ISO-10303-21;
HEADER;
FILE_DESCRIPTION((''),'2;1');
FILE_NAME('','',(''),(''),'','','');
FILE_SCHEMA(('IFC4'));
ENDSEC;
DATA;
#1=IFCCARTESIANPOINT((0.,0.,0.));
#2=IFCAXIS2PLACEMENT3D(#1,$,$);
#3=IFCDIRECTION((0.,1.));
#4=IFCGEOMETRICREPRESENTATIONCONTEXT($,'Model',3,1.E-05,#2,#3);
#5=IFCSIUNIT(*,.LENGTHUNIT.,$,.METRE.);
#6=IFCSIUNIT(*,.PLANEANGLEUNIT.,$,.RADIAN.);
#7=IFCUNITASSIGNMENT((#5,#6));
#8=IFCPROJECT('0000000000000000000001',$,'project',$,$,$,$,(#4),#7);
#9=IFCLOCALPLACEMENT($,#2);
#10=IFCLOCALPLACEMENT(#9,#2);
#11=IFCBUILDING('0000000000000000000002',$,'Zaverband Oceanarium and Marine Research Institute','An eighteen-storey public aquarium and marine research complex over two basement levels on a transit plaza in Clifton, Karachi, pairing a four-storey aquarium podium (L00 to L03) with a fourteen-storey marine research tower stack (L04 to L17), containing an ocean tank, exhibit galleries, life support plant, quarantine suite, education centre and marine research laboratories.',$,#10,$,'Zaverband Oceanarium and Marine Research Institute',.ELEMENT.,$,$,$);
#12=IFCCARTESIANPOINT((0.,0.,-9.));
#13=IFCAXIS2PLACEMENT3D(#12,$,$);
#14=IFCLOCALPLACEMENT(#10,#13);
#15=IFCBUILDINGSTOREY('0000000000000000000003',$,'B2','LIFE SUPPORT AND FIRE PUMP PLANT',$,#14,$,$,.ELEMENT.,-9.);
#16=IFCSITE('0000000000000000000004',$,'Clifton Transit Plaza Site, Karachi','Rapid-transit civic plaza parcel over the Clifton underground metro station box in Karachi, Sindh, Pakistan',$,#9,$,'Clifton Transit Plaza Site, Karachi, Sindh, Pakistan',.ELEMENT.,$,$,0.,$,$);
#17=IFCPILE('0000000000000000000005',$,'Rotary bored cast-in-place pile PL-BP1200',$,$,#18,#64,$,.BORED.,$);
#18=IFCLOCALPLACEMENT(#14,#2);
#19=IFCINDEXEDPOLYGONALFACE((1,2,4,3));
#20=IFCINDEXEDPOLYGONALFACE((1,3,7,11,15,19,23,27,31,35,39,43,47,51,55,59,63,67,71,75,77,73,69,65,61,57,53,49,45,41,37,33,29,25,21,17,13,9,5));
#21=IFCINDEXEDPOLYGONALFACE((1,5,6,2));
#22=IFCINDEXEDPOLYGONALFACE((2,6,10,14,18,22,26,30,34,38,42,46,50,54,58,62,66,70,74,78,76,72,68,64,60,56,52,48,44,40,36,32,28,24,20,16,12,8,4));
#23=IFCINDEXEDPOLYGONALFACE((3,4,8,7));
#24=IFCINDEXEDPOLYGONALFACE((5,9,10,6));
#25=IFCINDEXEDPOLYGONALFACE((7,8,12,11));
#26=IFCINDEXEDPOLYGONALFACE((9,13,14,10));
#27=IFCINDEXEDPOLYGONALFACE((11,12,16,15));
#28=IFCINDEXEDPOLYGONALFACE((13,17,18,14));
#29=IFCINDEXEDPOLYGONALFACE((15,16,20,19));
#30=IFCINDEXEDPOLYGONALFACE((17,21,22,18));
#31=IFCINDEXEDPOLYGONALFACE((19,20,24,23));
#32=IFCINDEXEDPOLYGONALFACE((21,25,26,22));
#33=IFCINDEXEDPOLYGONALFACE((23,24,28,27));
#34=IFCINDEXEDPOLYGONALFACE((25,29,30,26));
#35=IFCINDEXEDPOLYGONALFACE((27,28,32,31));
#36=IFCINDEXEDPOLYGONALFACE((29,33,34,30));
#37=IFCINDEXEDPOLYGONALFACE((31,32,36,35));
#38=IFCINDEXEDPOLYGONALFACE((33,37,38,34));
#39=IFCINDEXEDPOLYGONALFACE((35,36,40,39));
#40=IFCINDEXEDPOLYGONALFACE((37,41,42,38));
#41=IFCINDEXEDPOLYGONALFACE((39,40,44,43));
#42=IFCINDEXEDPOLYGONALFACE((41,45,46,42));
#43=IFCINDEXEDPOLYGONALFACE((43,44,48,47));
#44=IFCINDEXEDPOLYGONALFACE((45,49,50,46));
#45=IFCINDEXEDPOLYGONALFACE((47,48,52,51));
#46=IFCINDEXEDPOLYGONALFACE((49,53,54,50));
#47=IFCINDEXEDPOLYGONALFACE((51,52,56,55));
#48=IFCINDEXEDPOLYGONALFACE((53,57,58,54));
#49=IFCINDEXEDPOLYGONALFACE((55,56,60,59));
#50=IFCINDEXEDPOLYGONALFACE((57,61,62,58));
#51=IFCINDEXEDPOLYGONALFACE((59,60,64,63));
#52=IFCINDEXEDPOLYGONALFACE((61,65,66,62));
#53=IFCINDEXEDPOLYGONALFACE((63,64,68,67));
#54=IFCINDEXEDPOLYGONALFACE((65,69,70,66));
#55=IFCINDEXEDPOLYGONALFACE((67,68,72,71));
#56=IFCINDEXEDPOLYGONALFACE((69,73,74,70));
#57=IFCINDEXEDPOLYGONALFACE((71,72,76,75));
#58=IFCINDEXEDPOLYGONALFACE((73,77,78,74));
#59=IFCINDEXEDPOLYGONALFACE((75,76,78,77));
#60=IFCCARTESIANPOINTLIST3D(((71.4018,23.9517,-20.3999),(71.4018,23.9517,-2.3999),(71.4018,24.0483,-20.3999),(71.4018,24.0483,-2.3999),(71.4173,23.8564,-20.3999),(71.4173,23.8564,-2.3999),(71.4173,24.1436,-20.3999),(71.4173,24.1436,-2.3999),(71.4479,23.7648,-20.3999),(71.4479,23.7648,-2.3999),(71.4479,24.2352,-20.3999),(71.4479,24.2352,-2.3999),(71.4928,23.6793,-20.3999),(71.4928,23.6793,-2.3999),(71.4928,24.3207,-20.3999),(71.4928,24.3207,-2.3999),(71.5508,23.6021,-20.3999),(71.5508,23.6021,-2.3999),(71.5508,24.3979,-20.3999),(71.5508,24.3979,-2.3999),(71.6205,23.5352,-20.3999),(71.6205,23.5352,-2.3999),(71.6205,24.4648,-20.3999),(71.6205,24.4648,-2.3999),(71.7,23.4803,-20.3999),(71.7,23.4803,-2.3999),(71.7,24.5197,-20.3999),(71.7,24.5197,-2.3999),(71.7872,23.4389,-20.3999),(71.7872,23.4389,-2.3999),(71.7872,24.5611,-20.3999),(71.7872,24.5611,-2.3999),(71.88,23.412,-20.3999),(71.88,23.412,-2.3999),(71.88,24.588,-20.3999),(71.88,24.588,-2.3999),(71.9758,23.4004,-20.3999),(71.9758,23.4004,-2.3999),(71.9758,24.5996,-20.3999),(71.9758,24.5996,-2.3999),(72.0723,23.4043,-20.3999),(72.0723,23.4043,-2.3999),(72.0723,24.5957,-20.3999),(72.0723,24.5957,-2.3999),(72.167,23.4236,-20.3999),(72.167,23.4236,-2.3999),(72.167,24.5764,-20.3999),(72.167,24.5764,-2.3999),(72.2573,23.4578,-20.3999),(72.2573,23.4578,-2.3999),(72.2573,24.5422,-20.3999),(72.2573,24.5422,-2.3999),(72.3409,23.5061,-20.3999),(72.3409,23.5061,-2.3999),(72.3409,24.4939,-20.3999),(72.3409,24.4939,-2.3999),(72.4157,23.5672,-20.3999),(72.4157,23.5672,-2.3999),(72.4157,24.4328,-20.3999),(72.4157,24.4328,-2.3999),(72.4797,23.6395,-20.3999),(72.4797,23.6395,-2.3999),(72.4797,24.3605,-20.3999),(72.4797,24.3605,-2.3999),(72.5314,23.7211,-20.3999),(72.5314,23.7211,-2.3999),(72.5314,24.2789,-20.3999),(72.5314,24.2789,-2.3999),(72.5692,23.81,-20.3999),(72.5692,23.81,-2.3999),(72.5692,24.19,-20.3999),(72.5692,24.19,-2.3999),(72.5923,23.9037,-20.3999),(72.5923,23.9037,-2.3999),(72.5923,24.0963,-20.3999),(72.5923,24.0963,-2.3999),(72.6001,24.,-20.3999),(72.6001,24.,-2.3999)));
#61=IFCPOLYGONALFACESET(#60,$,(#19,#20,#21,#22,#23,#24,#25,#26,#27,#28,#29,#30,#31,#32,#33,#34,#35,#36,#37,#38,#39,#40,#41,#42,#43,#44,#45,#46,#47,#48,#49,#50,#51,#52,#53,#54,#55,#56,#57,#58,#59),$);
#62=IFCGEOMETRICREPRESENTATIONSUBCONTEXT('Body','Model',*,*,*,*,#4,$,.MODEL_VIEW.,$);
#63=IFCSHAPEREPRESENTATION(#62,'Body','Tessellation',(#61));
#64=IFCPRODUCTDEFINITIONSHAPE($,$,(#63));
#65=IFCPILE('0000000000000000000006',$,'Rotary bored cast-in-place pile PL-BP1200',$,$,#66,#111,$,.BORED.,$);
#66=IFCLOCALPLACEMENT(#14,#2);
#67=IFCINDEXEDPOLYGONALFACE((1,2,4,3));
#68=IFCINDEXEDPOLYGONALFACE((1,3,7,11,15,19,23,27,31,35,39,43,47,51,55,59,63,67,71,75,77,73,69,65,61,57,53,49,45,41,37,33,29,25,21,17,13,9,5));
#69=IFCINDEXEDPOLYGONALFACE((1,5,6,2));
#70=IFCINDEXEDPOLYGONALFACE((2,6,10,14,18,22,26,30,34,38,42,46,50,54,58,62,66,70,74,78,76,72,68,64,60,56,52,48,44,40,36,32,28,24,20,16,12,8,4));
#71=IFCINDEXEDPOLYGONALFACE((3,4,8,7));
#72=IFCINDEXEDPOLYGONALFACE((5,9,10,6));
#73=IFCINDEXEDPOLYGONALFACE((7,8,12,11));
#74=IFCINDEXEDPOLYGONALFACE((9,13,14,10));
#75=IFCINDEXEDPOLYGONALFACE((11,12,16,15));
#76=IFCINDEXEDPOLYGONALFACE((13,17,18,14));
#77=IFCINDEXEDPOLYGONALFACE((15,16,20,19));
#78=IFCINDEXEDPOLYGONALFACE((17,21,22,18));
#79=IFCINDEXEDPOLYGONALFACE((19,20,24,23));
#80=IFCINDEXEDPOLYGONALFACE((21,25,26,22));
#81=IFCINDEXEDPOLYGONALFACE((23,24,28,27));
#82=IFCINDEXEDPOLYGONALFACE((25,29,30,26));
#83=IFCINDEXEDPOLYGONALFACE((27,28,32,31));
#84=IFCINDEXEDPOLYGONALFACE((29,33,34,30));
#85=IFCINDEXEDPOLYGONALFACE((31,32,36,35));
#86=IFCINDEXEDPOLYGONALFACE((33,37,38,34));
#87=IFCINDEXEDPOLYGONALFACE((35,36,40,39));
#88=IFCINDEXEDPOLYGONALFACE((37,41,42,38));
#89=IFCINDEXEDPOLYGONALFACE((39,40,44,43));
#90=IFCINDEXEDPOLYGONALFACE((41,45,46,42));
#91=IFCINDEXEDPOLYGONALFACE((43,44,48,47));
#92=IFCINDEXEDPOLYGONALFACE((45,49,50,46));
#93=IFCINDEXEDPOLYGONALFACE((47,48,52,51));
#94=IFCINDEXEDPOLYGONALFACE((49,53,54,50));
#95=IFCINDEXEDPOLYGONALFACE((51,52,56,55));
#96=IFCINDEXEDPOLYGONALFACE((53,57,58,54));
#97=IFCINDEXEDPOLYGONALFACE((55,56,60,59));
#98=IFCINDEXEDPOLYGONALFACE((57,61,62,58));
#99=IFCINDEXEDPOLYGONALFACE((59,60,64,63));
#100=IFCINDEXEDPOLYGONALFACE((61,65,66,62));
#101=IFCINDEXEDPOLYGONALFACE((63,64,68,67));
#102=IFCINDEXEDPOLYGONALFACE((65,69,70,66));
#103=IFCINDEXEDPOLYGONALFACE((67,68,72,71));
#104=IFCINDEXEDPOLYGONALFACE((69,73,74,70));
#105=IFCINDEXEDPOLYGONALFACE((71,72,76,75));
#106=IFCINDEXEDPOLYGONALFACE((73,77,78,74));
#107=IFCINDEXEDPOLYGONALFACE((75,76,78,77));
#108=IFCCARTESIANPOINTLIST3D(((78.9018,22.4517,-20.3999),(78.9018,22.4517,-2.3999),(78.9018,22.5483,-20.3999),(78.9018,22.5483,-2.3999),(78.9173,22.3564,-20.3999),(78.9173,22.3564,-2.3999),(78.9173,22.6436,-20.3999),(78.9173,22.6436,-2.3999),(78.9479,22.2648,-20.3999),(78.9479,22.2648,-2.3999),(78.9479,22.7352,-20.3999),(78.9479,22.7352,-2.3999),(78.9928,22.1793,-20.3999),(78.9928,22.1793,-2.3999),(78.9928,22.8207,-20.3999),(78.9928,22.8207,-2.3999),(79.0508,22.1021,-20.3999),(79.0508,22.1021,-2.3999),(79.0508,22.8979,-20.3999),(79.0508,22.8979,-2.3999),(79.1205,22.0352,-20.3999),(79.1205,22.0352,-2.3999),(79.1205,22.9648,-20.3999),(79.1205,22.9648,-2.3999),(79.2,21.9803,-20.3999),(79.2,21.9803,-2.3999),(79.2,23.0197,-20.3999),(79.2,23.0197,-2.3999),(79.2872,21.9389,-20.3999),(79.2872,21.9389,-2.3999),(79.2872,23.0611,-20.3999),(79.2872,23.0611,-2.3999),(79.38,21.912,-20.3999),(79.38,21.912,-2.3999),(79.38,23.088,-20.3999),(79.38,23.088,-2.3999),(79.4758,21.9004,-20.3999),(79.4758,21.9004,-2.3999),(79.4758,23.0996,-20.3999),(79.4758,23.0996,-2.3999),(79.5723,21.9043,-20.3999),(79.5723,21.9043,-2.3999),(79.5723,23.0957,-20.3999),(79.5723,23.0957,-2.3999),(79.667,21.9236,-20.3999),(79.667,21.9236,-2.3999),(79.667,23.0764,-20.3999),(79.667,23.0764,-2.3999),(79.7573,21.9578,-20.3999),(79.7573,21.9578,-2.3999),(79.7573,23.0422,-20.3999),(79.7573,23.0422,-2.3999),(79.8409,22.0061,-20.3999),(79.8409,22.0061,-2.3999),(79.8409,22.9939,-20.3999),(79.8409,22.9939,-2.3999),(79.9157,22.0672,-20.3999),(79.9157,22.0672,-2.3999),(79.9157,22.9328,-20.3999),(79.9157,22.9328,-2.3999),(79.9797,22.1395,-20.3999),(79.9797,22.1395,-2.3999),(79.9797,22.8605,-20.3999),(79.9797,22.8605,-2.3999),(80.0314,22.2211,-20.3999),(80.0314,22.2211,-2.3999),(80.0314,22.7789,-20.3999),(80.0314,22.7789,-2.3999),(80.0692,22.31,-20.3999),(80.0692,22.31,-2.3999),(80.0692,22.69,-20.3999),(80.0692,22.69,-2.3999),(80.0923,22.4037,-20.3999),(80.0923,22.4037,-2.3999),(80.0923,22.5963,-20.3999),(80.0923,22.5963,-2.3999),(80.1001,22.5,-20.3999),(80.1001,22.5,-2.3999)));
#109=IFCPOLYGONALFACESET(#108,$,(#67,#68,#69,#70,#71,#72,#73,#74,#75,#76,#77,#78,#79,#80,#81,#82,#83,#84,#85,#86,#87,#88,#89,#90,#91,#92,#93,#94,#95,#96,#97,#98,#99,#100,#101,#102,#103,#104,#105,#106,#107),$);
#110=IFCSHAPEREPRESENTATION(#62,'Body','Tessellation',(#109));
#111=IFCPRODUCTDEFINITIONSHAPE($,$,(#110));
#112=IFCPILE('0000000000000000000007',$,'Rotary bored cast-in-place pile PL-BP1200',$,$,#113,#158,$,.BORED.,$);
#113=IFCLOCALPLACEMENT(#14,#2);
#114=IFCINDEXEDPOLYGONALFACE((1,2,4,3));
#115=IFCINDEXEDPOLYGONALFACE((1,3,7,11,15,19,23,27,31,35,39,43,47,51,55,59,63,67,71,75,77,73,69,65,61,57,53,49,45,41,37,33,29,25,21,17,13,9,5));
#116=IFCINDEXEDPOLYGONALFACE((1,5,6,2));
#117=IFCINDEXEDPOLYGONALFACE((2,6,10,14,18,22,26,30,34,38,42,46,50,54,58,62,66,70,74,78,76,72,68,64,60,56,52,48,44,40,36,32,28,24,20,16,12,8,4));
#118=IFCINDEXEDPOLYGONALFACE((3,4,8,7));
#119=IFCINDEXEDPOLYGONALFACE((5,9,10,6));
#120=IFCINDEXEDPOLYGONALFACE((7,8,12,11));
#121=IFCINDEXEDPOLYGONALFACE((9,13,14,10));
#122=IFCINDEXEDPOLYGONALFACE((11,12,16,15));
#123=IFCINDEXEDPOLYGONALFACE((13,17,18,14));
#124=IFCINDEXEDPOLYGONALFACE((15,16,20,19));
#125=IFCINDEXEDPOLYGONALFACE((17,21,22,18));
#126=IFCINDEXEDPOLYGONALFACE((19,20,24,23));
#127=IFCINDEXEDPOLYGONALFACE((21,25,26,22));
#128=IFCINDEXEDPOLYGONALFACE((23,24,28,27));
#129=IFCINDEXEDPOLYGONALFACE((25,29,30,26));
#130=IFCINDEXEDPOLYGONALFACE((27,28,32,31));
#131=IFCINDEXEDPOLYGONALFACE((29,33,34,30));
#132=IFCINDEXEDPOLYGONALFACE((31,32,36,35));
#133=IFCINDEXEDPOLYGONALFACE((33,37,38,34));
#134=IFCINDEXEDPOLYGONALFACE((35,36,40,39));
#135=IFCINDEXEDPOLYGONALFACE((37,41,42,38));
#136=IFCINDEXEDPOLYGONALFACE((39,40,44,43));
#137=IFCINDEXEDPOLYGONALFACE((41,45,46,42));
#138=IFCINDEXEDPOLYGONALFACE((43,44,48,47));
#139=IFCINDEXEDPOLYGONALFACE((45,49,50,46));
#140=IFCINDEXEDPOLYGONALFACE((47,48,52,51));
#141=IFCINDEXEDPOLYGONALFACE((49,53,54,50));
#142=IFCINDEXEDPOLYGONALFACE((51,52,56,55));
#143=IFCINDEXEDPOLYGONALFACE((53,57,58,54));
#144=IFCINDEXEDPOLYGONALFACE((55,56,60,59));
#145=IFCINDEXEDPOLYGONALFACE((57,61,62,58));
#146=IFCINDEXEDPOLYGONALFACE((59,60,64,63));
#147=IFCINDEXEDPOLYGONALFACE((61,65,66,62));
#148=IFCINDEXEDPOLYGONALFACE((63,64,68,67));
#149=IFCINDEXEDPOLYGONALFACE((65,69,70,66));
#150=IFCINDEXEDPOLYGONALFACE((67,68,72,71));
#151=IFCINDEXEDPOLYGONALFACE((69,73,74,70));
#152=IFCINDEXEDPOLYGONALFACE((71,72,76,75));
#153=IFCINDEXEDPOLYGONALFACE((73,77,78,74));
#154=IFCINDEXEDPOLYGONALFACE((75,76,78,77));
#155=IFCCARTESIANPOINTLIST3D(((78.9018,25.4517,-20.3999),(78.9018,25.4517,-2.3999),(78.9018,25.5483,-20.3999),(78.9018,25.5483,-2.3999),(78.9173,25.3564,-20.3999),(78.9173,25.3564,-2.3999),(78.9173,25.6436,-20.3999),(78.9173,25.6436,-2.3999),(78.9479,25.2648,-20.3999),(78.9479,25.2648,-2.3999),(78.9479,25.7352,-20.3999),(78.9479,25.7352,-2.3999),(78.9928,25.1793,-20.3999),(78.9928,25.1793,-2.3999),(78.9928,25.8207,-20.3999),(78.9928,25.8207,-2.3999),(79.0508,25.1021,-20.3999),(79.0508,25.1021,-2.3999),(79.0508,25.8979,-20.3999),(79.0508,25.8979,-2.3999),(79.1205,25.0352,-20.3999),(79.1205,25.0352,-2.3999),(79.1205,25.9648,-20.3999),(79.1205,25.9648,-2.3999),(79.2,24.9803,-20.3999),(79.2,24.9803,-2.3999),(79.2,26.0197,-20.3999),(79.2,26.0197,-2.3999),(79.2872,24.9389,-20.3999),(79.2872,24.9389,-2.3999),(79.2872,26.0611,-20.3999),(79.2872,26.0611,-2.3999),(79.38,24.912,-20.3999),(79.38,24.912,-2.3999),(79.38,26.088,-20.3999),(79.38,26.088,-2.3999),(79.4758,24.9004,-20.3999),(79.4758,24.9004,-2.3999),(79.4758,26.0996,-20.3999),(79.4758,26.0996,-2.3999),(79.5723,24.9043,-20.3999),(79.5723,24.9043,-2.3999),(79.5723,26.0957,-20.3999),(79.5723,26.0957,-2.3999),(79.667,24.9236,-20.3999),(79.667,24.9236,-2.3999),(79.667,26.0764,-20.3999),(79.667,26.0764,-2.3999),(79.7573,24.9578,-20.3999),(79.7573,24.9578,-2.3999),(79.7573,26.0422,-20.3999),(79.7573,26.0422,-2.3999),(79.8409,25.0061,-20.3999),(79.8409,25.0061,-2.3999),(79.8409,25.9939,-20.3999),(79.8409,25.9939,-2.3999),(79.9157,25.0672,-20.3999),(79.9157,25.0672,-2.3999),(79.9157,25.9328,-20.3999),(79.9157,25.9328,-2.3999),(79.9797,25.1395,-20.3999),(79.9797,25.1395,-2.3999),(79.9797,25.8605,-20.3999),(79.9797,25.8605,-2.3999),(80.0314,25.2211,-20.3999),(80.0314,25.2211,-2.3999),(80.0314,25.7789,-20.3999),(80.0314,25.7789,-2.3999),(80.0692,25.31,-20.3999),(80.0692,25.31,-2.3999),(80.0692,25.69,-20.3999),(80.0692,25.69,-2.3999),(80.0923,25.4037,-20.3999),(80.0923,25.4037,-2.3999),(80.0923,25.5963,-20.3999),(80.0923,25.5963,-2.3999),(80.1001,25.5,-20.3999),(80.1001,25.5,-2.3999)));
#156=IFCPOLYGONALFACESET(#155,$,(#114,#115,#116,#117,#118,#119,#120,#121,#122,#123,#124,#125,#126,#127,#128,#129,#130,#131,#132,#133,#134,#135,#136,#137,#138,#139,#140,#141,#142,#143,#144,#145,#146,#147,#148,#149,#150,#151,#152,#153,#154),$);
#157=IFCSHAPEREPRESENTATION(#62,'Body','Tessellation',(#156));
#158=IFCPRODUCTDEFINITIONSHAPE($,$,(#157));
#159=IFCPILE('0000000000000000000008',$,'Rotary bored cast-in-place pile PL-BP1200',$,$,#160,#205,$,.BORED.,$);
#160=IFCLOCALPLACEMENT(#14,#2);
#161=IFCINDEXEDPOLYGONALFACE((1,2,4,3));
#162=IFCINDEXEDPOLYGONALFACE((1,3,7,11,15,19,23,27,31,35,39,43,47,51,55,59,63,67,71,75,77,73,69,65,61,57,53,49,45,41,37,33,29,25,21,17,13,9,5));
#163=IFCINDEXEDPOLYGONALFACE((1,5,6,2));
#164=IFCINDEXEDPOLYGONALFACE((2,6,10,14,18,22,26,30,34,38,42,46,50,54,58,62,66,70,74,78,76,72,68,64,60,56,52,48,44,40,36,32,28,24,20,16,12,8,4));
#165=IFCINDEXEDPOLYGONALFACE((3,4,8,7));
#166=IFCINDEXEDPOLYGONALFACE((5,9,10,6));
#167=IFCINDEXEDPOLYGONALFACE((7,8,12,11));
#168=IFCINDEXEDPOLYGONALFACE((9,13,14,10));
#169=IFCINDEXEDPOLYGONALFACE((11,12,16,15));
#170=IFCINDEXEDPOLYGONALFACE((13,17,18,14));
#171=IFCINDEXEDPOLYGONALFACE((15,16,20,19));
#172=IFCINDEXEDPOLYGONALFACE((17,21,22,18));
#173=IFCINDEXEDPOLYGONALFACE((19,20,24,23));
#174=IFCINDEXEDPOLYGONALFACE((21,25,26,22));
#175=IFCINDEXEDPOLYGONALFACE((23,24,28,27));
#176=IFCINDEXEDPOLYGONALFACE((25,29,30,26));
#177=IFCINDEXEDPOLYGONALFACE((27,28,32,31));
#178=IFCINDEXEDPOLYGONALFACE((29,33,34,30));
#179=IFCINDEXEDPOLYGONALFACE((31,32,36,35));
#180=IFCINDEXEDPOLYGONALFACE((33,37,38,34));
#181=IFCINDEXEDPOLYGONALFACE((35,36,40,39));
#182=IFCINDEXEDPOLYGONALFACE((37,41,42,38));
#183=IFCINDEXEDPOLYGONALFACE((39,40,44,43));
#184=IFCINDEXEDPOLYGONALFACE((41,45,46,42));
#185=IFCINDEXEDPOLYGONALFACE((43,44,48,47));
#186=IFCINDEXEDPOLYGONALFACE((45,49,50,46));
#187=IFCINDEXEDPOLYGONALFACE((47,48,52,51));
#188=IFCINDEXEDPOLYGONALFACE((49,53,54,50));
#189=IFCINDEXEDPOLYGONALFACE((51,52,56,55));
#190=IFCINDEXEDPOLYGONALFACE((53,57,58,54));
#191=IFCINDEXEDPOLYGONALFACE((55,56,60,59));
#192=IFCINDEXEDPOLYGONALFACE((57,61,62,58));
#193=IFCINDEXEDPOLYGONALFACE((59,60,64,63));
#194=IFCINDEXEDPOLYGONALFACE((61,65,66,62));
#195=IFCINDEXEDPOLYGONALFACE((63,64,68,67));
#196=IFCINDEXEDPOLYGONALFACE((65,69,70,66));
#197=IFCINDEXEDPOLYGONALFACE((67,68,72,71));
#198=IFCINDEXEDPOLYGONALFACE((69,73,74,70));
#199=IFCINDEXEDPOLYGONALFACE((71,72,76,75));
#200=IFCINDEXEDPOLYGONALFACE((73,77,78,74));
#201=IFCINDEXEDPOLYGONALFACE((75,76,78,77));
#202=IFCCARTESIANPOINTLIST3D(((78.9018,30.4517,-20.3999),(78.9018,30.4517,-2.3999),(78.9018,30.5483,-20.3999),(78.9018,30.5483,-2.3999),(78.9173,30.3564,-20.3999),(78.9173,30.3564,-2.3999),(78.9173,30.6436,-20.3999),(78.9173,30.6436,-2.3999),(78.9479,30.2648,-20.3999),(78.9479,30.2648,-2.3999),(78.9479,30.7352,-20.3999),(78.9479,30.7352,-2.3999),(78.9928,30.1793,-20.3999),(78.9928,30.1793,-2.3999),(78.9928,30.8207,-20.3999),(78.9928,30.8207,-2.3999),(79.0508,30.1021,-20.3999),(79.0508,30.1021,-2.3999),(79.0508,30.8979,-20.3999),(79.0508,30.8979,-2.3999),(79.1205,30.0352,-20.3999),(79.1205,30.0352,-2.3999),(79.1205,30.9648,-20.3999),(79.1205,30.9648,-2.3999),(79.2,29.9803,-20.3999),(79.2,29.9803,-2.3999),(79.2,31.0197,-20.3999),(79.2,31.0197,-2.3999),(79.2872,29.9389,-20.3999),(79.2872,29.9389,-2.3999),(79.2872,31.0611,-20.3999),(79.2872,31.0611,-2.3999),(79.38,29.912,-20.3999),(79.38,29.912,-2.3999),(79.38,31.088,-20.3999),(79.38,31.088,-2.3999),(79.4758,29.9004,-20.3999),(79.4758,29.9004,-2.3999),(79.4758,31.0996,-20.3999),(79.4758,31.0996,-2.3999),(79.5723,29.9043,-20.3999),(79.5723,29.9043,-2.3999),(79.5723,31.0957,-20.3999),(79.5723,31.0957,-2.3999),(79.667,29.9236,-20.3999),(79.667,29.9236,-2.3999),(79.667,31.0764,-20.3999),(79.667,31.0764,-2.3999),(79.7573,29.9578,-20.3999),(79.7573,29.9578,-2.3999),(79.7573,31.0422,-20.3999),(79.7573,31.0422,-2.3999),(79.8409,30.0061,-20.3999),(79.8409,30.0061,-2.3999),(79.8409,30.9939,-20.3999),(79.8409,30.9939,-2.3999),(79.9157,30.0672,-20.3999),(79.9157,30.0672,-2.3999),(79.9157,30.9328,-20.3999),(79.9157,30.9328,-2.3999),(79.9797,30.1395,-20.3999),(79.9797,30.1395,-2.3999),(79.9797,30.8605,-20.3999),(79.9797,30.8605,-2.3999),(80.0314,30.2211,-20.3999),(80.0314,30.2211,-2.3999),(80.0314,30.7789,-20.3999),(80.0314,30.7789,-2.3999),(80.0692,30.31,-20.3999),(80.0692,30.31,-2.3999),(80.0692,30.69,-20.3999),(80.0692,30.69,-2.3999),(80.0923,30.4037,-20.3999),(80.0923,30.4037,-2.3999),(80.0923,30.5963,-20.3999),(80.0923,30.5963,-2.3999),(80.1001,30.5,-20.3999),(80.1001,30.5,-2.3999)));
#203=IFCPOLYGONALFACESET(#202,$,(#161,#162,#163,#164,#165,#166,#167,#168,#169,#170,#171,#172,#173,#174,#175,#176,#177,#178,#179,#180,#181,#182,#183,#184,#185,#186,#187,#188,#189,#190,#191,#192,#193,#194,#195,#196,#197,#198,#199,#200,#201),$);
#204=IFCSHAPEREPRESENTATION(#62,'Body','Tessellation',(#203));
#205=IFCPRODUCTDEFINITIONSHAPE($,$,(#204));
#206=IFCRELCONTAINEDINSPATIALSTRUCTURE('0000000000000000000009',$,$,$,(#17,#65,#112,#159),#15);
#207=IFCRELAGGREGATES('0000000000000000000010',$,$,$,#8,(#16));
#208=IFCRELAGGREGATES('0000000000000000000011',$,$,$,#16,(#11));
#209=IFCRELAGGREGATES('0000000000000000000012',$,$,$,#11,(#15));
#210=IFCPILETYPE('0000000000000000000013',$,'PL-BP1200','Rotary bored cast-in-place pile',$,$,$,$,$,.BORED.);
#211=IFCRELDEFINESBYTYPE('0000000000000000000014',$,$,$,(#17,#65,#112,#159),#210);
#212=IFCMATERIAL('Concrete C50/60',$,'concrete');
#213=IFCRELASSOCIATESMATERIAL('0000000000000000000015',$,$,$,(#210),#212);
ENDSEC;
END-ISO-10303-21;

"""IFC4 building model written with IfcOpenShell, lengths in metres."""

from ifc_helpers import new_model, si_unit, direction, frame, origin, origin_2d, place, context, subcontext, project, spatial, circle, extrude, material, material_profile, profile_set, type_object, element, save


model = new_model("IFC4")

# Units and contexts
model_context = context("Model", 3, precision=1e-05, world=origin(), true_north=direction((0.0, 1.0)))
body_context = subcontext(model_context, "Body", "Model", "MODEL_VIEW")
ifc_project = project(units=[si_unit("LENGTHUNIT", "METRE"), si_unit("PLANEANGLEUNIT", "RADIAN")], contexts=[model_context])

# Site, building, storey
site_placement = place(None, origin())
site = spatial("IfcSite", under=ifc_project, at=site_placement, Name="Clifton Transit Plaza Site, Karachi", Description="Rapid-transit civic plaza parcel over the Clifton underground metro station box in Karachi, Sindh, Pakistan", LongName="Clifton Transit Plaza Site, Karachi, Sindh, Pakistan", CompositionType="ELEMENT", RefElevation=0.0)
building_placement = place(site_placement, origin())
building = spatial("IfcBuilding", under=site, at=building_placement, Name="Zaverband Oceanarium and Marine Research Institute", Description="An eighteen-storey public aquarium and marine research complex over two basement levels on a transit plaza in Clifton, Karachi, pairing a four-storey aquarium podium (L00 to L03) with a fourteen-storey marine research tower stack (L04 to L17), containing an ocean tank, exhibit galleries, life support plant, quarantine suite, education centre and marine research laboratories.", LongName="Zaverband Oceanarium and Marine Research Institute", CompositionType="ELEMENT")
storey_placement = place(building_placement, frame((0.0, 0.0, -9.0)))
storey = spatial("IfcBuildingStorey", under=building, at=storey_placement, Name="B2", Description="LIFE SUPPORT AND FIRE PUMP PLANT", CompositionType="ELEMENT", Elevation=-9.0)

# Shared definitions
ifc_material_1 = material(Name="Concrete C50/60", Category="concrete")

# Piles
ifc_material_profile_1 = material_profile(ifc_material_1, circle(Radius=0.6001, at=origin_2d()), Name="BP1200")
ifc_profile_set_1 = profile_set([ifc_material_profile_1], Name="Concrete C50/60")
pile_type_1 = type_object("IfcPileType", Name="PL-BP1200", Description="Rotary bored cast-in-place pile", PredefinedType="BORED", material=ifc_profile_set_1)
for number, where, z_axis, x_axis, name in (
    (1, (72.0, 24.0, -2.3999), (0.0, 0.0, -1.0), (1.0, 0.0, 0.0), "Rotary bored cast-in-place pile PL-BP1200"),
    (2, (79.5, 22.5, -2.3999), (0.0, 0.0, -1.0), (1.0, 0.0, 0.0), "Rotary bored cast-in-place pile PL-BP1200"),
    (3, (79.5, 25.5, -2.3999), (0.0, 0.0, -1.0), (1.0, 0.0, 0.0), "Rotary bored cast-in-place pile PL-BP1200"),
    (4, (79.5, 30.5, -2.3999), (0.0, 0.0, -1.0), (1.0, 0.0, 0.0), "Rotary bored cast-in-place pile PL-BP1200"),
):
    element("IfcPile", number, at=place(storey_placement, frame(where, z_axis=z_axis, x_axis=x_axis)), inside=storey, type_object=pile_type_1, Name=name, PredefinedType="BORED", context=body_context, shape_type="SweptSolid", body=[
        extrude(circle(Radius=0.6001, at=origin_2d()), origin(), (0.0, 0.0, 1.0), 18.0),
    ])

save(model, "model.ifc")
